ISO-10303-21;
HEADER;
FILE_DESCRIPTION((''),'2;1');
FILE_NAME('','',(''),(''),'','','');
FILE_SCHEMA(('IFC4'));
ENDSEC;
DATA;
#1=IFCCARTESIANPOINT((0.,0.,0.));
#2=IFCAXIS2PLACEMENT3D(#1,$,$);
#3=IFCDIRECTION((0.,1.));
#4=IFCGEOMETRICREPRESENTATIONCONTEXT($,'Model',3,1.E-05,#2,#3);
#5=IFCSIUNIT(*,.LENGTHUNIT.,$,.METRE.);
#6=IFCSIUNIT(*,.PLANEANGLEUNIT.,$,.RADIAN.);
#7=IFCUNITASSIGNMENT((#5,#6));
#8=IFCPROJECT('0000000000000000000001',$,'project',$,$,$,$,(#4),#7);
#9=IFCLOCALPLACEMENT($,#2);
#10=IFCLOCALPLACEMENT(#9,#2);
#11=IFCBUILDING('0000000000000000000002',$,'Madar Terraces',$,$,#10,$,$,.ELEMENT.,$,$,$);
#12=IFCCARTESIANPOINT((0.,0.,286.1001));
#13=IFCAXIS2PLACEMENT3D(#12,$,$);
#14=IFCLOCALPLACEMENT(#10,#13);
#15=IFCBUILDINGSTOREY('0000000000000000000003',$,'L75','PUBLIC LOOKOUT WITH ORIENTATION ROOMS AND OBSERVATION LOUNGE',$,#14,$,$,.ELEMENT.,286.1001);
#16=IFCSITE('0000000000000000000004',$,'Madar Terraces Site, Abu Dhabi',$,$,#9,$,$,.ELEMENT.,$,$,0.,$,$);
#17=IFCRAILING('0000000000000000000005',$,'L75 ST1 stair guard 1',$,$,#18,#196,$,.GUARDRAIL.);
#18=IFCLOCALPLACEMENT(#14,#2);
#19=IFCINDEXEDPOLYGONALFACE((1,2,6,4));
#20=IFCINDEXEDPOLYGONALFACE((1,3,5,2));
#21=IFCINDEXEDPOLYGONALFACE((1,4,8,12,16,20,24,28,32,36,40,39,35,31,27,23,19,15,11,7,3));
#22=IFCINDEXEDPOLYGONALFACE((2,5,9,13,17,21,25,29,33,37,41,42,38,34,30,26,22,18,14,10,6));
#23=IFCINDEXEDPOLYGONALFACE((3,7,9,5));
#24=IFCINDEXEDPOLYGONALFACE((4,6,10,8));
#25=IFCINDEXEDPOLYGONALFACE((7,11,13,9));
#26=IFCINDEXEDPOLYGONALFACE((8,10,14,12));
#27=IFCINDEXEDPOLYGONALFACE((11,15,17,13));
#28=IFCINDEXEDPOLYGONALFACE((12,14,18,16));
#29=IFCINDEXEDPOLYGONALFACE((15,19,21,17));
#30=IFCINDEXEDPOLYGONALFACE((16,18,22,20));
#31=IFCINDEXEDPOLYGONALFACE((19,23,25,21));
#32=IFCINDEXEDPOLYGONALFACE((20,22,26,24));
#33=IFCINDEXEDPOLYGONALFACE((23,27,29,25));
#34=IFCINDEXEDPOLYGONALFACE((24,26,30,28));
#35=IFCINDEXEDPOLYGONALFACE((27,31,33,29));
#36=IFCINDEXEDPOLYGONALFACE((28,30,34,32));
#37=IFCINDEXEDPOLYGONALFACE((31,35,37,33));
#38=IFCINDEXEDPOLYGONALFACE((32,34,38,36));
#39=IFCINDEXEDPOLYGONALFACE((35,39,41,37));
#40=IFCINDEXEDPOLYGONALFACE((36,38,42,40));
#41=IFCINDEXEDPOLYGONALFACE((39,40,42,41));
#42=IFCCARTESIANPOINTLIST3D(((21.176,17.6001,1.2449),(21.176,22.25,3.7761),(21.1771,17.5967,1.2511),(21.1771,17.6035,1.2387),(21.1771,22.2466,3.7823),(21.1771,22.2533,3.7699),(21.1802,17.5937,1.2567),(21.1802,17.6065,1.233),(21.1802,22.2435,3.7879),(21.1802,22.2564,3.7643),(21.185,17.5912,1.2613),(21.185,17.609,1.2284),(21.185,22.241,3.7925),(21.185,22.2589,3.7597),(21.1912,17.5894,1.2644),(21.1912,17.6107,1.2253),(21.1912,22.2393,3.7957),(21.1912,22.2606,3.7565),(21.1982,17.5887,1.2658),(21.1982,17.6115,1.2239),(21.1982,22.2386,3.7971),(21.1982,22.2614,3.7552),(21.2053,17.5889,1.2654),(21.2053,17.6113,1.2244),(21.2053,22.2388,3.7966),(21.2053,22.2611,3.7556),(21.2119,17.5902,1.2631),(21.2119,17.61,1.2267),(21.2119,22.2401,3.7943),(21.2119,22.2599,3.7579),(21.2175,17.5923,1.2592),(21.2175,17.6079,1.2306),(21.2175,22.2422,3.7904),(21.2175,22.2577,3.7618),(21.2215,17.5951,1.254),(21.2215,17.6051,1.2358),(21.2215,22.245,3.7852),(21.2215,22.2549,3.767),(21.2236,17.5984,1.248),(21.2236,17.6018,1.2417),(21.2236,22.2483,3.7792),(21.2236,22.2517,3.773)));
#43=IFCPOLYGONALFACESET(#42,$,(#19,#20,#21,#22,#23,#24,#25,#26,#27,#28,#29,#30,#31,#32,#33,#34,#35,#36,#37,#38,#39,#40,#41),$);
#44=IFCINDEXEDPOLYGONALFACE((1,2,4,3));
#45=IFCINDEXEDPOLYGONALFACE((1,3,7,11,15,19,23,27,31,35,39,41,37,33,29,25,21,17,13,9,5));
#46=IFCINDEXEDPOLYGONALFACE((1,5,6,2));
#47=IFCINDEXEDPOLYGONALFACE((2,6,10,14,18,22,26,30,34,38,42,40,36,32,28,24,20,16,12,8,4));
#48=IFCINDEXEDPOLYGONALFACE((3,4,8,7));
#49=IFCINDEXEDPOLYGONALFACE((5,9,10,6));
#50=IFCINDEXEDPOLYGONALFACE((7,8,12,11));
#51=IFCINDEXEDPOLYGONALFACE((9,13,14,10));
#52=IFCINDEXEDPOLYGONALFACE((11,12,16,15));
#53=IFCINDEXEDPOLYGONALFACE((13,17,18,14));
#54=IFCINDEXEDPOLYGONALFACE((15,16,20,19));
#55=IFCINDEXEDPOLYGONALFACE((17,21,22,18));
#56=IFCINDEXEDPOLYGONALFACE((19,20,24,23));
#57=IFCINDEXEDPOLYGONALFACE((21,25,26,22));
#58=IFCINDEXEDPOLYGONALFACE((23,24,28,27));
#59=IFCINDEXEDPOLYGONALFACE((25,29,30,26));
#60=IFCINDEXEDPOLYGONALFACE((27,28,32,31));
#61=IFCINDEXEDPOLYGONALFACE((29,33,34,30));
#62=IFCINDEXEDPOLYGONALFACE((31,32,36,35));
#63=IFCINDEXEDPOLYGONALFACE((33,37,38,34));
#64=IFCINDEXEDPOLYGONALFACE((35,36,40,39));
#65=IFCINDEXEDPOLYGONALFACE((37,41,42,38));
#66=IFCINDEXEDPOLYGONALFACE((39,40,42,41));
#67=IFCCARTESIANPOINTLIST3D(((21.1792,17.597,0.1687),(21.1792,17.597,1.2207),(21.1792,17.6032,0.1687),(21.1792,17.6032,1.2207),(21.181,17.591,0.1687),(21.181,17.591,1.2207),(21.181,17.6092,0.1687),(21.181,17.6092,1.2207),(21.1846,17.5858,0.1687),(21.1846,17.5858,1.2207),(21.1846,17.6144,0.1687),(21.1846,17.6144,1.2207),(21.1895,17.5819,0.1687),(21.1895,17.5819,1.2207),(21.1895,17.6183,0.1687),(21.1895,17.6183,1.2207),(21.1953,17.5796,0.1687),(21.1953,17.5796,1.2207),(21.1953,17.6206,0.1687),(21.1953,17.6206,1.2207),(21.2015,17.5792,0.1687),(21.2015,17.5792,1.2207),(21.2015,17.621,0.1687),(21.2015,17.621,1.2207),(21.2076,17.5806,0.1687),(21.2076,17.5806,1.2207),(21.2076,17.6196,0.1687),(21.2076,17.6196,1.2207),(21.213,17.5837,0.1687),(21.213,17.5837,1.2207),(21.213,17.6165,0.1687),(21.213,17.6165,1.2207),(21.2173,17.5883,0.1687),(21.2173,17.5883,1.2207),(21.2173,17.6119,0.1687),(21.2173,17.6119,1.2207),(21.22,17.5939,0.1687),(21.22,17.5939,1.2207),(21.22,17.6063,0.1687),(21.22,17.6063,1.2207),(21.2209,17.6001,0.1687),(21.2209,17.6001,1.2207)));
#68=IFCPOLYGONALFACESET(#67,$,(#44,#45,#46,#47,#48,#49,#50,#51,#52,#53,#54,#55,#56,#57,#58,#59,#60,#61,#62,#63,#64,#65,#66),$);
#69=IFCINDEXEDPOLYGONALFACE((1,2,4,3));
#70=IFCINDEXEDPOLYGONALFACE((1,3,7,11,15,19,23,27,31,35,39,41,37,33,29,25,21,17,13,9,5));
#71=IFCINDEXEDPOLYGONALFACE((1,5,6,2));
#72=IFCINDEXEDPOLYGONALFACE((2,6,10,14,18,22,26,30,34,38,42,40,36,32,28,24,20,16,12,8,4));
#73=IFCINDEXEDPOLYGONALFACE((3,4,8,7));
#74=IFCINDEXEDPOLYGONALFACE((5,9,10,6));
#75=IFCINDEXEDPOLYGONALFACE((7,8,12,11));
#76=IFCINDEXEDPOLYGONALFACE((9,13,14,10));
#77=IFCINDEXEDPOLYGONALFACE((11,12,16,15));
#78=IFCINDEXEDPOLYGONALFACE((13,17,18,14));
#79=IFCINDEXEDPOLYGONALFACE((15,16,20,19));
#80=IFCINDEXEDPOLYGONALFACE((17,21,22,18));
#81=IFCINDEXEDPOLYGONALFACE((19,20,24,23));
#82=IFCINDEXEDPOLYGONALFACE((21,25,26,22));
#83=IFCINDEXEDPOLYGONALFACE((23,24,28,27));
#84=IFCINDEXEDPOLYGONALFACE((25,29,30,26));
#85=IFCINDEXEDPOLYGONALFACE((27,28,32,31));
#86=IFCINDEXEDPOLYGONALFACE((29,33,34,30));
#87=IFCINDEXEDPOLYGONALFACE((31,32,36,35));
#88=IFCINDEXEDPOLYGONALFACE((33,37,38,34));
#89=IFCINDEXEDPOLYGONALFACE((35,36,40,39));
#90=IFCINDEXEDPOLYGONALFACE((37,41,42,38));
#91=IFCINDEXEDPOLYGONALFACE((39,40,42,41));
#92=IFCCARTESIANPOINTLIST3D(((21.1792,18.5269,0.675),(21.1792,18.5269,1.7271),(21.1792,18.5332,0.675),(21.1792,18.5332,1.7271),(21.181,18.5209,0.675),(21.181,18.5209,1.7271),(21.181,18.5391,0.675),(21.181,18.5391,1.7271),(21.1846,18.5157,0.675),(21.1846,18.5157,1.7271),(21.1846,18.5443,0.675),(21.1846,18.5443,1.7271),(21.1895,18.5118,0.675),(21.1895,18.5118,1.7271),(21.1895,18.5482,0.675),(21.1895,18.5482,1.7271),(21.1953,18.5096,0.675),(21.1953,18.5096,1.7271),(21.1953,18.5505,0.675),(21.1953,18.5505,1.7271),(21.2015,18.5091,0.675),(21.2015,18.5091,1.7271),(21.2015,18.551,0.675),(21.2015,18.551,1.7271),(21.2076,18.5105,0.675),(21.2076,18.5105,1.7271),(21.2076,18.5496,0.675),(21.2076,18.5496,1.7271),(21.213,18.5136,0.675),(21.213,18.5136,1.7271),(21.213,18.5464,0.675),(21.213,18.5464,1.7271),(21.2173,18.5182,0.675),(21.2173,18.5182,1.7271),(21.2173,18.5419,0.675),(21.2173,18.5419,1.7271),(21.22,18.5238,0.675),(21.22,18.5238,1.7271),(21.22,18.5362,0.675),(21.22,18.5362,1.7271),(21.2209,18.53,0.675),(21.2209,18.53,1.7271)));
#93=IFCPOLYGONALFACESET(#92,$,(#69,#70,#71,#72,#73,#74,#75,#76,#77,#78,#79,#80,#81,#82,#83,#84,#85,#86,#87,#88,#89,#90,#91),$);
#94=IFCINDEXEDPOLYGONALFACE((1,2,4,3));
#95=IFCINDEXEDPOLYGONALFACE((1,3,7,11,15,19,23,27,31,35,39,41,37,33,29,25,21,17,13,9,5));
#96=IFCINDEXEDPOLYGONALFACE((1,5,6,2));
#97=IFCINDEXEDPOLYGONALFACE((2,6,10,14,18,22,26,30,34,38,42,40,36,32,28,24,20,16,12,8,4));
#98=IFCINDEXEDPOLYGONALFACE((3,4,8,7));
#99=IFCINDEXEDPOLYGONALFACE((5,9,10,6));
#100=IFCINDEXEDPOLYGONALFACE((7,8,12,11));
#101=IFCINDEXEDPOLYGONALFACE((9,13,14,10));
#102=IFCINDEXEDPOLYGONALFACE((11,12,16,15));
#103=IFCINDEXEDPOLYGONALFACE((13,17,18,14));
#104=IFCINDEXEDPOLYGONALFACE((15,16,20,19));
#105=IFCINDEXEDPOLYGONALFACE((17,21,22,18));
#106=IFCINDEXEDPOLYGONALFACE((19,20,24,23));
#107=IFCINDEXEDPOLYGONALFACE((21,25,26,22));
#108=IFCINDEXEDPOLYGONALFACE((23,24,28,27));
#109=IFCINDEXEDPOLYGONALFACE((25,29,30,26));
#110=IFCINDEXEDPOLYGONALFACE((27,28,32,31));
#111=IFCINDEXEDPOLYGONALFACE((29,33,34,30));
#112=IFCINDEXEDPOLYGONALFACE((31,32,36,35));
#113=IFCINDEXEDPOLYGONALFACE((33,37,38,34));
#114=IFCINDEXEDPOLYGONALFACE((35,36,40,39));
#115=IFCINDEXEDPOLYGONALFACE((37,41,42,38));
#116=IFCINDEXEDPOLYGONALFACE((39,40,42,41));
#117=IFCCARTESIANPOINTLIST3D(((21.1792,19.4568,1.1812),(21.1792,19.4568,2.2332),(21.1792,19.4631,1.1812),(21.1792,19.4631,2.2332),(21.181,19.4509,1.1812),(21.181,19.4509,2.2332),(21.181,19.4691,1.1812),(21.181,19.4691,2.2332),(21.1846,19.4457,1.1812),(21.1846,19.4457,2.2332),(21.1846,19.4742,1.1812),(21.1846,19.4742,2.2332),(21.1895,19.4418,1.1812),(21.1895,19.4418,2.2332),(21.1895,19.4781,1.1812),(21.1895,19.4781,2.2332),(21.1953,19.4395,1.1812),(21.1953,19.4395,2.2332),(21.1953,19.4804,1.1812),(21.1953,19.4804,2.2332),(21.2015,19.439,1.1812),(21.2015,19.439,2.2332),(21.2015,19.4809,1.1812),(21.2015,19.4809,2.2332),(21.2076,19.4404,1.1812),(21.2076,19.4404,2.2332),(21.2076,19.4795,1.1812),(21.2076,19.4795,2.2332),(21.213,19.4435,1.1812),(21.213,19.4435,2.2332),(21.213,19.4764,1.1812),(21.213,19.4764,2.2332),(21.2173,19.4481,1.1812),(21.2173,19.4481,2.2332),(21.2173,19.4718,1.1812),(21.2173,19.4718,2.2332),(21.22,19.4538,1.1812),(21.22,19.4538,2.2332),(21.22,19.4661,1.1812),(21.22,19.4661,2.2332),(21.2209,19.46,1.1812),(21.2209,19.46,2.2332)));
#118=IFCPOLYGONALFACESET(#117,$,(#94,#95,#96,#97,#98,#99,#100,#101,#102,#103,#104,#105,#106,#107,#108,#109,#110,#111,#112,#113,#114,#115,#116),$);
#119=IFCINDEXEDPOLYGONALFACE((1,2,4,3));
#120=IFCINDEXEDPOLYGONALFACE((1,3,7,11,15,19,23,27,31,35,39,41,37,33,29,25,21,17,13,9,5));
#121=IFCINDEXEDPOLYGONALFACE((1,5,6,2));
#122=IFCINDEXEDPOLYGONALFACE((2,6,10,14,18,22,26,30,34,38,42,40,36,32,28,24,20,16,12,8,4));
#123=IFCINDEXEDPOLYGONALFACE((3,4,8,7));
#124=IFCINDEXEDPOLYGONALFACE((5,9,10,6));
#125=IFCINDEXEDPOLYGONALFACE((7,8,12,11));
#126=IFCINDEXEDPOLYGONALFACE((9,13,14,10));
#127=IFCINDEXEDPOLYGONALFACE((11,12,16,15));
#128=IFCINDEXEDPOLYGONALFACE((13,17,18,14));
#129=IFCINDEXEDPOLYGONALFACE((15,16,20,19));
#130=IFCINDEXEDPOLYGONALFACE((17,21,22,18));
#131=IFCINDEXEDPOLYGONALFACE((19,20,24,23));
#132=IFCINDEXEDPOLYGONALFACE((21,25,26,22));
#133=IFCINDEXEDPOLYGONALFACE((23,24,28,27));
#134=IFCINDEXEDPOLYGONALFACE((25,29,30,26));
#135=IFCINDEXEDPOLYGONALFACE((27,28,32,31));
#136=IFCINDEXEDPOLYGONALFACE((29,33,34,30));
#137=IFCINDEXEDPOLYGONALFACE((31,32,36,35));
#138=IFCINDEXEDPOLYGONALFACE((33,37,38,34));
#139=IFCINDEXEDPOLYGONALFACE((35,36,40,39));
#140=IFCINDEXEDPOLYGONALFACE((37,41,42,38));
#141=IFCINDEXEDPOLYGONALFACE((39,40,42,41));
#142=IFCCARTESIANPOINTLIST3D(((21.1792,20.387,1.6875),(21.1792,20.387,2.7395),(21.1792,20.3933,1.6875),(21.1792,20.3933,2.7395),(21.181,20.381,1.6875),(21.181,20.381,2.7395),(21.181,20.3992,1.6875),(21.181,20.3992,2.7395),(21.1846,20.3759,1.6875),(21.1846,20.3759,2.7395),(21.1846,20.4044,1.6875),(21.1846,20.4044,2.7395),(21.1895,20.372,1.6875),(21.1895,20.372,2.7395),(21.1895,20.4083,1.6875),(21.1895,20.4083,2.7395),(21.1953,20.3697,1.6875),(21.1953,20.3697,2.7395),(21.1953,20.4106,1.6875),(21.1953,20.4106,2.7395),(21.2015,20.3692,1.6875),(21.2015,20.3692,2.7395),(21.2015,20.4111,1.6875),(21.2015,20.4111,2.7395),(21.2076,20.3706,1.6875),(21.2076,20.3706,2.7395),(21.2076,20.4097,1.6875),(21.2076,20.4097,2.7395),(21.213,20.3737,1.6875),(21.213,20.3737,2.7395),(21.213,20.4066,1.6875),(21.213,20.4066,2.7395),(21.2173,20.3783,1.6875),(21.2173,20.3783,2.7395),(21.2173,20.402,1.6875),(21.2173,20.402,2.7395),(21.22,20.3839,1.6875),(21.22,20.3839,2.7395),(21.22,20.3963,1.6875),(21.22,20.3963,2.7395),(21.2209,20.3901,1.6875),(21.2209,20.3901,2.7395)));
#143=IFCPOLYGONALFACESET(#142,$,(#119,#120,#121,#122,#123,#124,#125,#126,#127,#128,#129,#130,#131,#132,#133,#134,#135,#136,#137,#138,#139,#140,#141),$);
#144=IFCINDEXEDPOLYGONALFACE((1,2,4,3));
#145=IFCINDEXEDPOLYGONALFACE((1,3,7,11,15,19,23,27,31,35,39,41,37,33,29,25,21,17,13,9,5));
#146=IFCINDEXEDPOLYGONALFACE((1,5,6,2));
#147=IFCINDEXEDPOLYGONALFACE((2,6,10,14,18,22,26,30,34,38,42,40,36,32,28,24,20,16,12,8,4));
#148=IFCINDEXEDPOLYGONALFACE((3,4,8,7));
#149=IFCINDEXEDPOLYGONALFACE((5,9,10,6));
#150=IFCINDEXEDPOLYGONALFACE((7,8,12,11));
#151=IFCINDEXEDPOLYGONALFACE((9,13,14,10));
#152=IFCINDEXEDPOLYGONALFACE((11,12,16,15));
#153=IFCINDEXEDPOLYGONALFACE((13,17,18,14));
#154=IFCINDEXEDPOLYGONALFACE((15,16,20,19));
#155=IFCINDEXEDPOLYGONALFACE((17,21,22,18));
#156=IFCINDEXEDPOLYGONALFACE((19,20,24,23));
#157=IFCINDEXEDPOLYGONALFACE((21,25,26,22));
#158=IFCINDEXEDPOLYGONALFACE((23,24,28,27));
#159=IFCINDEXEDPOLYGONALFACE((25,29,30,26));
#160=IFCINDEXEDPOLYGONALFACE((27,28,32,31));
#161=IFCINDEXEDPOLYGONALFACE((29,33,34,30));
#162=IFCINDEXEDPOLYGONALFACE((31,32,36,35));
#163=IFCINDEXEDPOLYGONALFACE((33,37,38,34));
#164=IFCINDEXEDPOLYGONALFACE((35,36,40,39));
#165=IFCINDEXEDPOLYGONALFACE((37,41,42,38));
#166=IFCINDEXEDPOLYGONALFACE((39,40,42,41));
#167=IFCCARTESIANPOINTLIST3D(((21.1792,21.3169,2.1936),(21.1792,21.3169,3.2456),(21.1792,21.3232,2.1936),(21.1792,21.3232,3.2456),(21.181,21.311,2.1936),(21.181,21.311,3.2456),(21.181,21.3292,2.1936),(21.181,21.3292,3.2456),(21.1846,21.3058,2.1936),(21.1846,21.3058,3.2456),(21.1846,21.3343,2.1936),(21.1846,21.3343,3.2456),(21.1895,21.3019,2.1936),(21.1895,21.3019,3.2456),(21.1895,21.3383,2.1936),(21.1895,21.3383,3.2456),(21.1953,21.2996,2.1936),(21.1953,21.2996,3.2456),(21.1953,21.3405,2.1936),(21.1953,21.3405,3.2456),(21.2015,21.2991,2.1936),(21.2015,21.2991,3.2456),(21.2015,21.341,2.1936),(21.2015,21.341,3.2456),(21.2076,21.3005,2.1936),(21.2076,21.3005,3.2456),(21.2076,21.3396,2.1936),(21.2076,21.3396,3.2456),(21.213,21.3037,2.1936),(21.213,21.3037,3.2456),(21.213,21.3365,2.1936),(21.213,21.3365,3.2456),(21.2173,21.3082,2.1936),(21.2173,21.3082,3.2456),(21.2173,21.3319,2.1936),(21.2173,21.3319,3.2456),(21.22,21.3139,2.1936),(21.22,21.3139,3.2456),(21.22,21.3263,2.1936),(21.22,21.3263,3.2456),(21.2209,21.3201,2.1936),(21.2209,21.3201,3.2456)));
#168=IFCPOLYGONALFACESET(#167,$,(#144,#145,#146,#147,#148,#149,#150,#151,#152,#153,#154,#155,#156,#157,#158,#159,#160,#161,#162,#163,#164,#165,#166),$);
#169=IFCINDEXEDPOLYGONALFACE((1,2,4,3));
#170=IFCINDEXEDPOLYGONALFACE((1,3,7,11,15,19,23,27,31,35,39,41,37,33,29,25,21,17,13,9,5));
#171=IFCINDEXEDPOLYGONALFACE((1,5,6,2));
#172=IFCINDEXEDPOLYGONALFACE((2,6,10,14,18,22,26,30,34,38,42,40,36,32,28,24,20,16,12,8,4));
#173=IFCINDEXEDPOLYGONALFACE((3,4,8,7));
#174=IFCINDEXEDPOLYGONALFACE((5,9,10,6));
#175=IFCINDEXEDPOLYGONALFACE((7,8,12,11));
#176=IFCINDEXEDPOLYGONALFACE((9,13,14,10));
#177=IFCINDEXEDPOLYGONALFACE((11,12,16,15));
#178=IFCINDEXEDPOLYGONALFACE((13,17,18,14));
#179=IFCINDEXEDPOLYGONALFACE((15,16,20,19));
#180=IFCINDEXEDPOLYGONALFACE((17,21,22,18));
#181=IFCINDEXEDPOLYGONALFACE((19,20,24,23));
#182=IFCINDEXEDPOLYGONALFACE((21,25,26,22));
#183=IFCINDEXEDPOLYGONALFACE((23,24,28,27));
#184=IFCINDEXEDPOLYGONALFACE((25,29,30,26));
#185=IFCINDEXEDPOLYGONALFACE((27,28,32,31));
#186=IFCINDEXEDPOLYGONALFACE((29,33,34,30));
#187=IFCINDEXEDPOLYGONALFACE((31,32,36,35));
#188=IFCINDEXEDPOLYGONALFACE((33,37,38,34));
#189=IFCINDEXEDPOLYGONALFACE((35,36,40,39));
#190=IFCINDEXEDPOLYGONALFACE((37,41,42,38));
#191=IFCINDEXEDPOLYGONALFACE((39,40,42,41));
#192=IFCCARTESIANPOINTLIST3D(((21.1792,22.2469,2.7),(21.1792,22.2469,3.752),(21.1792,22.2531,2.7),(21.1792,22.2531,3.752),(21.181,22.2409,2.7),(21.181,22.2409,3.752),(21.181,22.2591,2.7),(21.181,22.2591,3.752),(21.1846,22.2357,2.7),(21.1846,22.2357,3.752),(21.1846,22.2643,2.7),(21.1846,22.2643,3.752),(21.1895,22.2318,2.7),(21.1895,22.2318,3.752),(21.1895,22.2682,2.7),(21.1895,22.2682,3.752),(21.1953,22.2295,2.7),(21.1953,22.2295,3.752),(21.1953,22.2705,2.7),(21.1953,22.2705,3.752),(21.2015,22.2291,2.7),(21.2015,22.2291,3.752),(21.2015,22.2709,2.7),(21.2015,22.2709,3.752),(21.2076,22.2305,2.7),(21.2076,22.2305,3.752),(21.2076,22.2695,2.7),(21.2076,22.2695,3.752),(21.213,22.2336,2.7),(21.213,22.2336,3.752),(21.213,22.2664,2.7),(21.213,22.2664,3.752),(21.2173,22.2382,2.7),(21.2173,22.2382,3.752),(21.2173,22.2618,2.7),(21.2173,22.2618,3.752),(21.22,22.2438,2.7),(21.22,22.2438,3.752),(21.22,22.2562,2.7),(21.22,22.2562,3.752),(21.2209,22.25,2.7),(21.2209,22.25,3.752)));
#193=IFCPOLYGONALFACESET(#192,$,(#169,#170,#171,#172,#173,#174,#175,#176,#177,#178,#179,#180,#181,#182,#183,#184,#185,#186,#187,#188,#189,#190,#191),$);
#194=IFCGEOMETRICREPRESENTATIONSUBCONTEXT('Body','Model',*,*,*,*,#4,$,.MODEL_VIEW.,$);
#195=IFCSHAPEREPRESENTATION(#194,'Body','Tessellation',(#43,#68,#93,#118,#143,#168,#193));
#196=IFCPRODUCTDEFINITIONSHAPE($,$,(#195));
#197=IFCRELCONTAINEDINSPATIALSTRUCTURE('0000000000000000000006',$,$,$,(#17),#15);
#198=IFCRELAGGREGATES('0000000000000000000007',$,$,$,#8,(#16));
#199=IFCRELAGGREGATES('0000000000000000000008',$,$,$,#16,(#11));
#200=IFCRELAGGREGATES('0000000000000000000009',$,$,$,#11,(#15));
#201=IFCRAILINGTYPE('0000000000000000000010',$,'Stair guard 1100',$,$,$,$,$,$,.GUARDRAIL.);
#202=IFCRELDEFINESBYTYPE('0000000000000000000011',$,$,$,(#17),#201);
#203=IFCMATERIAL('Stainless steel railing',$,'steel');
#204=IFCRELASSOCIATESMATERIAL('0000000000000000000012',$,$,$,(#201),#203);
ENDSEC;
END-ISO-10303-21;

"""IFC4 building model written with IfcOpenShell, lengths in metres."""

from ifc_helpers import new_model, si_unit, direction, frame, origin, origin_2d, place, context, subcontext, project, spatial, circle, extrude, material, type_object, element, save


model = new_model("IFC4")

# Units and contexts
model_context = context("Model", 3, precision=1e-05, world=origin(), true_north=direction((0.0, 1.0)))
body_context = subcontext(model_context, "Body", "Model", "MODEL_VIEW")
ifc_project = project(units=[si_unit("LENGTHUNIT", "METRE"), si_unit("PLANEANGLEUNIT", "RADIAN")], contexts=[model_context])

# Site, building, storey
site_placement = place(None, origin())
site = spatial("IfcSite", under=ifc_project, at=site_placement, Name="Madar Terraces Site, Abu Dhabi", CompositionType="ELEMENT", RefElevation=0.0)
building_placement = place(site_placement, origin())
building = spatial("IfcBuilding", under=site, at=building_placement, Name="Madar Terraces", CompositionType="ELEMENT")
storey_placement = place(building_placement, frame((0.0, 0.0, 286.1001)))
storey = spatial("IfcBuildingStorey", under=building, at=storey_placement, Name="L75", Description="PUBLIC LOOKOUT WITH ORIENTATION ROOMS AND OBSERVATION LOUNGE", CompositionType="ELEMENT", Elevation=286.1001)

# Railing
ifc_material_1 = material(Name="Stainless steel railing", Category="steel")
railing_type_1 = type_object("IfcRailingType", Name="Stair guard 1100", PredefinedType="GUARDRAIL", material=ifc_material_1)
railing_1_placement = place(storey_placement, frame((21.2, 17.6001, 0.1687)))
element("IfcRailing", 1, at=railing_1_placement, inside=storey, type_object=railing_type_1, Name="L75 ST1 stair guard 1", PredefinedType="GUARDRAIL", context=body_context, shape_type="SweptSolid", body=[
    extrude(circle(Radius=0.0239, at=origin_2d()), frame((0.0, 0.0, 1.0762), z_axis=(0.0, 0.878297, 0.478115), x_axis=(-1.0, 0.0, 0.0)), (0.0, 0.0, 1.0), 5.2942),
    extrude(circle(Radius=0.021, at=origin_2d()), origin(), (0.0, 0.0, 1.0), 1.052),
    extrude(circle(Radius=0.021, at=origin_2d()), frame((0.0, 0.9299, 0.5063)), (0.0, 0.0, 1.0), 1.052),
    extrude(circle(Radius=0.021, at=origin_2d()), frame((0.0, 1.8599, 1.0125)), (0.0, 0.0, 1.0), 1.052),
    extrude(circle(Radius=0.021, at=origin_2d()), frame((0.0, 2.79, 1.5188)), (0.0, 0.0, 1.0), 1.052),
    extrude(circle(Radius=0.021, at=origin_2d()), frame((0.0, 3.72, 2.0249)), (0.0, 0.0, 1.0), 1.052),
    extrude(circle(Radius=0.021, at=origin_2d()), frame((0.0, 4.6499, 2.5312)), (0.0, 0.0, 1.0), 1.052),
])

save(model, "model.ifc")
